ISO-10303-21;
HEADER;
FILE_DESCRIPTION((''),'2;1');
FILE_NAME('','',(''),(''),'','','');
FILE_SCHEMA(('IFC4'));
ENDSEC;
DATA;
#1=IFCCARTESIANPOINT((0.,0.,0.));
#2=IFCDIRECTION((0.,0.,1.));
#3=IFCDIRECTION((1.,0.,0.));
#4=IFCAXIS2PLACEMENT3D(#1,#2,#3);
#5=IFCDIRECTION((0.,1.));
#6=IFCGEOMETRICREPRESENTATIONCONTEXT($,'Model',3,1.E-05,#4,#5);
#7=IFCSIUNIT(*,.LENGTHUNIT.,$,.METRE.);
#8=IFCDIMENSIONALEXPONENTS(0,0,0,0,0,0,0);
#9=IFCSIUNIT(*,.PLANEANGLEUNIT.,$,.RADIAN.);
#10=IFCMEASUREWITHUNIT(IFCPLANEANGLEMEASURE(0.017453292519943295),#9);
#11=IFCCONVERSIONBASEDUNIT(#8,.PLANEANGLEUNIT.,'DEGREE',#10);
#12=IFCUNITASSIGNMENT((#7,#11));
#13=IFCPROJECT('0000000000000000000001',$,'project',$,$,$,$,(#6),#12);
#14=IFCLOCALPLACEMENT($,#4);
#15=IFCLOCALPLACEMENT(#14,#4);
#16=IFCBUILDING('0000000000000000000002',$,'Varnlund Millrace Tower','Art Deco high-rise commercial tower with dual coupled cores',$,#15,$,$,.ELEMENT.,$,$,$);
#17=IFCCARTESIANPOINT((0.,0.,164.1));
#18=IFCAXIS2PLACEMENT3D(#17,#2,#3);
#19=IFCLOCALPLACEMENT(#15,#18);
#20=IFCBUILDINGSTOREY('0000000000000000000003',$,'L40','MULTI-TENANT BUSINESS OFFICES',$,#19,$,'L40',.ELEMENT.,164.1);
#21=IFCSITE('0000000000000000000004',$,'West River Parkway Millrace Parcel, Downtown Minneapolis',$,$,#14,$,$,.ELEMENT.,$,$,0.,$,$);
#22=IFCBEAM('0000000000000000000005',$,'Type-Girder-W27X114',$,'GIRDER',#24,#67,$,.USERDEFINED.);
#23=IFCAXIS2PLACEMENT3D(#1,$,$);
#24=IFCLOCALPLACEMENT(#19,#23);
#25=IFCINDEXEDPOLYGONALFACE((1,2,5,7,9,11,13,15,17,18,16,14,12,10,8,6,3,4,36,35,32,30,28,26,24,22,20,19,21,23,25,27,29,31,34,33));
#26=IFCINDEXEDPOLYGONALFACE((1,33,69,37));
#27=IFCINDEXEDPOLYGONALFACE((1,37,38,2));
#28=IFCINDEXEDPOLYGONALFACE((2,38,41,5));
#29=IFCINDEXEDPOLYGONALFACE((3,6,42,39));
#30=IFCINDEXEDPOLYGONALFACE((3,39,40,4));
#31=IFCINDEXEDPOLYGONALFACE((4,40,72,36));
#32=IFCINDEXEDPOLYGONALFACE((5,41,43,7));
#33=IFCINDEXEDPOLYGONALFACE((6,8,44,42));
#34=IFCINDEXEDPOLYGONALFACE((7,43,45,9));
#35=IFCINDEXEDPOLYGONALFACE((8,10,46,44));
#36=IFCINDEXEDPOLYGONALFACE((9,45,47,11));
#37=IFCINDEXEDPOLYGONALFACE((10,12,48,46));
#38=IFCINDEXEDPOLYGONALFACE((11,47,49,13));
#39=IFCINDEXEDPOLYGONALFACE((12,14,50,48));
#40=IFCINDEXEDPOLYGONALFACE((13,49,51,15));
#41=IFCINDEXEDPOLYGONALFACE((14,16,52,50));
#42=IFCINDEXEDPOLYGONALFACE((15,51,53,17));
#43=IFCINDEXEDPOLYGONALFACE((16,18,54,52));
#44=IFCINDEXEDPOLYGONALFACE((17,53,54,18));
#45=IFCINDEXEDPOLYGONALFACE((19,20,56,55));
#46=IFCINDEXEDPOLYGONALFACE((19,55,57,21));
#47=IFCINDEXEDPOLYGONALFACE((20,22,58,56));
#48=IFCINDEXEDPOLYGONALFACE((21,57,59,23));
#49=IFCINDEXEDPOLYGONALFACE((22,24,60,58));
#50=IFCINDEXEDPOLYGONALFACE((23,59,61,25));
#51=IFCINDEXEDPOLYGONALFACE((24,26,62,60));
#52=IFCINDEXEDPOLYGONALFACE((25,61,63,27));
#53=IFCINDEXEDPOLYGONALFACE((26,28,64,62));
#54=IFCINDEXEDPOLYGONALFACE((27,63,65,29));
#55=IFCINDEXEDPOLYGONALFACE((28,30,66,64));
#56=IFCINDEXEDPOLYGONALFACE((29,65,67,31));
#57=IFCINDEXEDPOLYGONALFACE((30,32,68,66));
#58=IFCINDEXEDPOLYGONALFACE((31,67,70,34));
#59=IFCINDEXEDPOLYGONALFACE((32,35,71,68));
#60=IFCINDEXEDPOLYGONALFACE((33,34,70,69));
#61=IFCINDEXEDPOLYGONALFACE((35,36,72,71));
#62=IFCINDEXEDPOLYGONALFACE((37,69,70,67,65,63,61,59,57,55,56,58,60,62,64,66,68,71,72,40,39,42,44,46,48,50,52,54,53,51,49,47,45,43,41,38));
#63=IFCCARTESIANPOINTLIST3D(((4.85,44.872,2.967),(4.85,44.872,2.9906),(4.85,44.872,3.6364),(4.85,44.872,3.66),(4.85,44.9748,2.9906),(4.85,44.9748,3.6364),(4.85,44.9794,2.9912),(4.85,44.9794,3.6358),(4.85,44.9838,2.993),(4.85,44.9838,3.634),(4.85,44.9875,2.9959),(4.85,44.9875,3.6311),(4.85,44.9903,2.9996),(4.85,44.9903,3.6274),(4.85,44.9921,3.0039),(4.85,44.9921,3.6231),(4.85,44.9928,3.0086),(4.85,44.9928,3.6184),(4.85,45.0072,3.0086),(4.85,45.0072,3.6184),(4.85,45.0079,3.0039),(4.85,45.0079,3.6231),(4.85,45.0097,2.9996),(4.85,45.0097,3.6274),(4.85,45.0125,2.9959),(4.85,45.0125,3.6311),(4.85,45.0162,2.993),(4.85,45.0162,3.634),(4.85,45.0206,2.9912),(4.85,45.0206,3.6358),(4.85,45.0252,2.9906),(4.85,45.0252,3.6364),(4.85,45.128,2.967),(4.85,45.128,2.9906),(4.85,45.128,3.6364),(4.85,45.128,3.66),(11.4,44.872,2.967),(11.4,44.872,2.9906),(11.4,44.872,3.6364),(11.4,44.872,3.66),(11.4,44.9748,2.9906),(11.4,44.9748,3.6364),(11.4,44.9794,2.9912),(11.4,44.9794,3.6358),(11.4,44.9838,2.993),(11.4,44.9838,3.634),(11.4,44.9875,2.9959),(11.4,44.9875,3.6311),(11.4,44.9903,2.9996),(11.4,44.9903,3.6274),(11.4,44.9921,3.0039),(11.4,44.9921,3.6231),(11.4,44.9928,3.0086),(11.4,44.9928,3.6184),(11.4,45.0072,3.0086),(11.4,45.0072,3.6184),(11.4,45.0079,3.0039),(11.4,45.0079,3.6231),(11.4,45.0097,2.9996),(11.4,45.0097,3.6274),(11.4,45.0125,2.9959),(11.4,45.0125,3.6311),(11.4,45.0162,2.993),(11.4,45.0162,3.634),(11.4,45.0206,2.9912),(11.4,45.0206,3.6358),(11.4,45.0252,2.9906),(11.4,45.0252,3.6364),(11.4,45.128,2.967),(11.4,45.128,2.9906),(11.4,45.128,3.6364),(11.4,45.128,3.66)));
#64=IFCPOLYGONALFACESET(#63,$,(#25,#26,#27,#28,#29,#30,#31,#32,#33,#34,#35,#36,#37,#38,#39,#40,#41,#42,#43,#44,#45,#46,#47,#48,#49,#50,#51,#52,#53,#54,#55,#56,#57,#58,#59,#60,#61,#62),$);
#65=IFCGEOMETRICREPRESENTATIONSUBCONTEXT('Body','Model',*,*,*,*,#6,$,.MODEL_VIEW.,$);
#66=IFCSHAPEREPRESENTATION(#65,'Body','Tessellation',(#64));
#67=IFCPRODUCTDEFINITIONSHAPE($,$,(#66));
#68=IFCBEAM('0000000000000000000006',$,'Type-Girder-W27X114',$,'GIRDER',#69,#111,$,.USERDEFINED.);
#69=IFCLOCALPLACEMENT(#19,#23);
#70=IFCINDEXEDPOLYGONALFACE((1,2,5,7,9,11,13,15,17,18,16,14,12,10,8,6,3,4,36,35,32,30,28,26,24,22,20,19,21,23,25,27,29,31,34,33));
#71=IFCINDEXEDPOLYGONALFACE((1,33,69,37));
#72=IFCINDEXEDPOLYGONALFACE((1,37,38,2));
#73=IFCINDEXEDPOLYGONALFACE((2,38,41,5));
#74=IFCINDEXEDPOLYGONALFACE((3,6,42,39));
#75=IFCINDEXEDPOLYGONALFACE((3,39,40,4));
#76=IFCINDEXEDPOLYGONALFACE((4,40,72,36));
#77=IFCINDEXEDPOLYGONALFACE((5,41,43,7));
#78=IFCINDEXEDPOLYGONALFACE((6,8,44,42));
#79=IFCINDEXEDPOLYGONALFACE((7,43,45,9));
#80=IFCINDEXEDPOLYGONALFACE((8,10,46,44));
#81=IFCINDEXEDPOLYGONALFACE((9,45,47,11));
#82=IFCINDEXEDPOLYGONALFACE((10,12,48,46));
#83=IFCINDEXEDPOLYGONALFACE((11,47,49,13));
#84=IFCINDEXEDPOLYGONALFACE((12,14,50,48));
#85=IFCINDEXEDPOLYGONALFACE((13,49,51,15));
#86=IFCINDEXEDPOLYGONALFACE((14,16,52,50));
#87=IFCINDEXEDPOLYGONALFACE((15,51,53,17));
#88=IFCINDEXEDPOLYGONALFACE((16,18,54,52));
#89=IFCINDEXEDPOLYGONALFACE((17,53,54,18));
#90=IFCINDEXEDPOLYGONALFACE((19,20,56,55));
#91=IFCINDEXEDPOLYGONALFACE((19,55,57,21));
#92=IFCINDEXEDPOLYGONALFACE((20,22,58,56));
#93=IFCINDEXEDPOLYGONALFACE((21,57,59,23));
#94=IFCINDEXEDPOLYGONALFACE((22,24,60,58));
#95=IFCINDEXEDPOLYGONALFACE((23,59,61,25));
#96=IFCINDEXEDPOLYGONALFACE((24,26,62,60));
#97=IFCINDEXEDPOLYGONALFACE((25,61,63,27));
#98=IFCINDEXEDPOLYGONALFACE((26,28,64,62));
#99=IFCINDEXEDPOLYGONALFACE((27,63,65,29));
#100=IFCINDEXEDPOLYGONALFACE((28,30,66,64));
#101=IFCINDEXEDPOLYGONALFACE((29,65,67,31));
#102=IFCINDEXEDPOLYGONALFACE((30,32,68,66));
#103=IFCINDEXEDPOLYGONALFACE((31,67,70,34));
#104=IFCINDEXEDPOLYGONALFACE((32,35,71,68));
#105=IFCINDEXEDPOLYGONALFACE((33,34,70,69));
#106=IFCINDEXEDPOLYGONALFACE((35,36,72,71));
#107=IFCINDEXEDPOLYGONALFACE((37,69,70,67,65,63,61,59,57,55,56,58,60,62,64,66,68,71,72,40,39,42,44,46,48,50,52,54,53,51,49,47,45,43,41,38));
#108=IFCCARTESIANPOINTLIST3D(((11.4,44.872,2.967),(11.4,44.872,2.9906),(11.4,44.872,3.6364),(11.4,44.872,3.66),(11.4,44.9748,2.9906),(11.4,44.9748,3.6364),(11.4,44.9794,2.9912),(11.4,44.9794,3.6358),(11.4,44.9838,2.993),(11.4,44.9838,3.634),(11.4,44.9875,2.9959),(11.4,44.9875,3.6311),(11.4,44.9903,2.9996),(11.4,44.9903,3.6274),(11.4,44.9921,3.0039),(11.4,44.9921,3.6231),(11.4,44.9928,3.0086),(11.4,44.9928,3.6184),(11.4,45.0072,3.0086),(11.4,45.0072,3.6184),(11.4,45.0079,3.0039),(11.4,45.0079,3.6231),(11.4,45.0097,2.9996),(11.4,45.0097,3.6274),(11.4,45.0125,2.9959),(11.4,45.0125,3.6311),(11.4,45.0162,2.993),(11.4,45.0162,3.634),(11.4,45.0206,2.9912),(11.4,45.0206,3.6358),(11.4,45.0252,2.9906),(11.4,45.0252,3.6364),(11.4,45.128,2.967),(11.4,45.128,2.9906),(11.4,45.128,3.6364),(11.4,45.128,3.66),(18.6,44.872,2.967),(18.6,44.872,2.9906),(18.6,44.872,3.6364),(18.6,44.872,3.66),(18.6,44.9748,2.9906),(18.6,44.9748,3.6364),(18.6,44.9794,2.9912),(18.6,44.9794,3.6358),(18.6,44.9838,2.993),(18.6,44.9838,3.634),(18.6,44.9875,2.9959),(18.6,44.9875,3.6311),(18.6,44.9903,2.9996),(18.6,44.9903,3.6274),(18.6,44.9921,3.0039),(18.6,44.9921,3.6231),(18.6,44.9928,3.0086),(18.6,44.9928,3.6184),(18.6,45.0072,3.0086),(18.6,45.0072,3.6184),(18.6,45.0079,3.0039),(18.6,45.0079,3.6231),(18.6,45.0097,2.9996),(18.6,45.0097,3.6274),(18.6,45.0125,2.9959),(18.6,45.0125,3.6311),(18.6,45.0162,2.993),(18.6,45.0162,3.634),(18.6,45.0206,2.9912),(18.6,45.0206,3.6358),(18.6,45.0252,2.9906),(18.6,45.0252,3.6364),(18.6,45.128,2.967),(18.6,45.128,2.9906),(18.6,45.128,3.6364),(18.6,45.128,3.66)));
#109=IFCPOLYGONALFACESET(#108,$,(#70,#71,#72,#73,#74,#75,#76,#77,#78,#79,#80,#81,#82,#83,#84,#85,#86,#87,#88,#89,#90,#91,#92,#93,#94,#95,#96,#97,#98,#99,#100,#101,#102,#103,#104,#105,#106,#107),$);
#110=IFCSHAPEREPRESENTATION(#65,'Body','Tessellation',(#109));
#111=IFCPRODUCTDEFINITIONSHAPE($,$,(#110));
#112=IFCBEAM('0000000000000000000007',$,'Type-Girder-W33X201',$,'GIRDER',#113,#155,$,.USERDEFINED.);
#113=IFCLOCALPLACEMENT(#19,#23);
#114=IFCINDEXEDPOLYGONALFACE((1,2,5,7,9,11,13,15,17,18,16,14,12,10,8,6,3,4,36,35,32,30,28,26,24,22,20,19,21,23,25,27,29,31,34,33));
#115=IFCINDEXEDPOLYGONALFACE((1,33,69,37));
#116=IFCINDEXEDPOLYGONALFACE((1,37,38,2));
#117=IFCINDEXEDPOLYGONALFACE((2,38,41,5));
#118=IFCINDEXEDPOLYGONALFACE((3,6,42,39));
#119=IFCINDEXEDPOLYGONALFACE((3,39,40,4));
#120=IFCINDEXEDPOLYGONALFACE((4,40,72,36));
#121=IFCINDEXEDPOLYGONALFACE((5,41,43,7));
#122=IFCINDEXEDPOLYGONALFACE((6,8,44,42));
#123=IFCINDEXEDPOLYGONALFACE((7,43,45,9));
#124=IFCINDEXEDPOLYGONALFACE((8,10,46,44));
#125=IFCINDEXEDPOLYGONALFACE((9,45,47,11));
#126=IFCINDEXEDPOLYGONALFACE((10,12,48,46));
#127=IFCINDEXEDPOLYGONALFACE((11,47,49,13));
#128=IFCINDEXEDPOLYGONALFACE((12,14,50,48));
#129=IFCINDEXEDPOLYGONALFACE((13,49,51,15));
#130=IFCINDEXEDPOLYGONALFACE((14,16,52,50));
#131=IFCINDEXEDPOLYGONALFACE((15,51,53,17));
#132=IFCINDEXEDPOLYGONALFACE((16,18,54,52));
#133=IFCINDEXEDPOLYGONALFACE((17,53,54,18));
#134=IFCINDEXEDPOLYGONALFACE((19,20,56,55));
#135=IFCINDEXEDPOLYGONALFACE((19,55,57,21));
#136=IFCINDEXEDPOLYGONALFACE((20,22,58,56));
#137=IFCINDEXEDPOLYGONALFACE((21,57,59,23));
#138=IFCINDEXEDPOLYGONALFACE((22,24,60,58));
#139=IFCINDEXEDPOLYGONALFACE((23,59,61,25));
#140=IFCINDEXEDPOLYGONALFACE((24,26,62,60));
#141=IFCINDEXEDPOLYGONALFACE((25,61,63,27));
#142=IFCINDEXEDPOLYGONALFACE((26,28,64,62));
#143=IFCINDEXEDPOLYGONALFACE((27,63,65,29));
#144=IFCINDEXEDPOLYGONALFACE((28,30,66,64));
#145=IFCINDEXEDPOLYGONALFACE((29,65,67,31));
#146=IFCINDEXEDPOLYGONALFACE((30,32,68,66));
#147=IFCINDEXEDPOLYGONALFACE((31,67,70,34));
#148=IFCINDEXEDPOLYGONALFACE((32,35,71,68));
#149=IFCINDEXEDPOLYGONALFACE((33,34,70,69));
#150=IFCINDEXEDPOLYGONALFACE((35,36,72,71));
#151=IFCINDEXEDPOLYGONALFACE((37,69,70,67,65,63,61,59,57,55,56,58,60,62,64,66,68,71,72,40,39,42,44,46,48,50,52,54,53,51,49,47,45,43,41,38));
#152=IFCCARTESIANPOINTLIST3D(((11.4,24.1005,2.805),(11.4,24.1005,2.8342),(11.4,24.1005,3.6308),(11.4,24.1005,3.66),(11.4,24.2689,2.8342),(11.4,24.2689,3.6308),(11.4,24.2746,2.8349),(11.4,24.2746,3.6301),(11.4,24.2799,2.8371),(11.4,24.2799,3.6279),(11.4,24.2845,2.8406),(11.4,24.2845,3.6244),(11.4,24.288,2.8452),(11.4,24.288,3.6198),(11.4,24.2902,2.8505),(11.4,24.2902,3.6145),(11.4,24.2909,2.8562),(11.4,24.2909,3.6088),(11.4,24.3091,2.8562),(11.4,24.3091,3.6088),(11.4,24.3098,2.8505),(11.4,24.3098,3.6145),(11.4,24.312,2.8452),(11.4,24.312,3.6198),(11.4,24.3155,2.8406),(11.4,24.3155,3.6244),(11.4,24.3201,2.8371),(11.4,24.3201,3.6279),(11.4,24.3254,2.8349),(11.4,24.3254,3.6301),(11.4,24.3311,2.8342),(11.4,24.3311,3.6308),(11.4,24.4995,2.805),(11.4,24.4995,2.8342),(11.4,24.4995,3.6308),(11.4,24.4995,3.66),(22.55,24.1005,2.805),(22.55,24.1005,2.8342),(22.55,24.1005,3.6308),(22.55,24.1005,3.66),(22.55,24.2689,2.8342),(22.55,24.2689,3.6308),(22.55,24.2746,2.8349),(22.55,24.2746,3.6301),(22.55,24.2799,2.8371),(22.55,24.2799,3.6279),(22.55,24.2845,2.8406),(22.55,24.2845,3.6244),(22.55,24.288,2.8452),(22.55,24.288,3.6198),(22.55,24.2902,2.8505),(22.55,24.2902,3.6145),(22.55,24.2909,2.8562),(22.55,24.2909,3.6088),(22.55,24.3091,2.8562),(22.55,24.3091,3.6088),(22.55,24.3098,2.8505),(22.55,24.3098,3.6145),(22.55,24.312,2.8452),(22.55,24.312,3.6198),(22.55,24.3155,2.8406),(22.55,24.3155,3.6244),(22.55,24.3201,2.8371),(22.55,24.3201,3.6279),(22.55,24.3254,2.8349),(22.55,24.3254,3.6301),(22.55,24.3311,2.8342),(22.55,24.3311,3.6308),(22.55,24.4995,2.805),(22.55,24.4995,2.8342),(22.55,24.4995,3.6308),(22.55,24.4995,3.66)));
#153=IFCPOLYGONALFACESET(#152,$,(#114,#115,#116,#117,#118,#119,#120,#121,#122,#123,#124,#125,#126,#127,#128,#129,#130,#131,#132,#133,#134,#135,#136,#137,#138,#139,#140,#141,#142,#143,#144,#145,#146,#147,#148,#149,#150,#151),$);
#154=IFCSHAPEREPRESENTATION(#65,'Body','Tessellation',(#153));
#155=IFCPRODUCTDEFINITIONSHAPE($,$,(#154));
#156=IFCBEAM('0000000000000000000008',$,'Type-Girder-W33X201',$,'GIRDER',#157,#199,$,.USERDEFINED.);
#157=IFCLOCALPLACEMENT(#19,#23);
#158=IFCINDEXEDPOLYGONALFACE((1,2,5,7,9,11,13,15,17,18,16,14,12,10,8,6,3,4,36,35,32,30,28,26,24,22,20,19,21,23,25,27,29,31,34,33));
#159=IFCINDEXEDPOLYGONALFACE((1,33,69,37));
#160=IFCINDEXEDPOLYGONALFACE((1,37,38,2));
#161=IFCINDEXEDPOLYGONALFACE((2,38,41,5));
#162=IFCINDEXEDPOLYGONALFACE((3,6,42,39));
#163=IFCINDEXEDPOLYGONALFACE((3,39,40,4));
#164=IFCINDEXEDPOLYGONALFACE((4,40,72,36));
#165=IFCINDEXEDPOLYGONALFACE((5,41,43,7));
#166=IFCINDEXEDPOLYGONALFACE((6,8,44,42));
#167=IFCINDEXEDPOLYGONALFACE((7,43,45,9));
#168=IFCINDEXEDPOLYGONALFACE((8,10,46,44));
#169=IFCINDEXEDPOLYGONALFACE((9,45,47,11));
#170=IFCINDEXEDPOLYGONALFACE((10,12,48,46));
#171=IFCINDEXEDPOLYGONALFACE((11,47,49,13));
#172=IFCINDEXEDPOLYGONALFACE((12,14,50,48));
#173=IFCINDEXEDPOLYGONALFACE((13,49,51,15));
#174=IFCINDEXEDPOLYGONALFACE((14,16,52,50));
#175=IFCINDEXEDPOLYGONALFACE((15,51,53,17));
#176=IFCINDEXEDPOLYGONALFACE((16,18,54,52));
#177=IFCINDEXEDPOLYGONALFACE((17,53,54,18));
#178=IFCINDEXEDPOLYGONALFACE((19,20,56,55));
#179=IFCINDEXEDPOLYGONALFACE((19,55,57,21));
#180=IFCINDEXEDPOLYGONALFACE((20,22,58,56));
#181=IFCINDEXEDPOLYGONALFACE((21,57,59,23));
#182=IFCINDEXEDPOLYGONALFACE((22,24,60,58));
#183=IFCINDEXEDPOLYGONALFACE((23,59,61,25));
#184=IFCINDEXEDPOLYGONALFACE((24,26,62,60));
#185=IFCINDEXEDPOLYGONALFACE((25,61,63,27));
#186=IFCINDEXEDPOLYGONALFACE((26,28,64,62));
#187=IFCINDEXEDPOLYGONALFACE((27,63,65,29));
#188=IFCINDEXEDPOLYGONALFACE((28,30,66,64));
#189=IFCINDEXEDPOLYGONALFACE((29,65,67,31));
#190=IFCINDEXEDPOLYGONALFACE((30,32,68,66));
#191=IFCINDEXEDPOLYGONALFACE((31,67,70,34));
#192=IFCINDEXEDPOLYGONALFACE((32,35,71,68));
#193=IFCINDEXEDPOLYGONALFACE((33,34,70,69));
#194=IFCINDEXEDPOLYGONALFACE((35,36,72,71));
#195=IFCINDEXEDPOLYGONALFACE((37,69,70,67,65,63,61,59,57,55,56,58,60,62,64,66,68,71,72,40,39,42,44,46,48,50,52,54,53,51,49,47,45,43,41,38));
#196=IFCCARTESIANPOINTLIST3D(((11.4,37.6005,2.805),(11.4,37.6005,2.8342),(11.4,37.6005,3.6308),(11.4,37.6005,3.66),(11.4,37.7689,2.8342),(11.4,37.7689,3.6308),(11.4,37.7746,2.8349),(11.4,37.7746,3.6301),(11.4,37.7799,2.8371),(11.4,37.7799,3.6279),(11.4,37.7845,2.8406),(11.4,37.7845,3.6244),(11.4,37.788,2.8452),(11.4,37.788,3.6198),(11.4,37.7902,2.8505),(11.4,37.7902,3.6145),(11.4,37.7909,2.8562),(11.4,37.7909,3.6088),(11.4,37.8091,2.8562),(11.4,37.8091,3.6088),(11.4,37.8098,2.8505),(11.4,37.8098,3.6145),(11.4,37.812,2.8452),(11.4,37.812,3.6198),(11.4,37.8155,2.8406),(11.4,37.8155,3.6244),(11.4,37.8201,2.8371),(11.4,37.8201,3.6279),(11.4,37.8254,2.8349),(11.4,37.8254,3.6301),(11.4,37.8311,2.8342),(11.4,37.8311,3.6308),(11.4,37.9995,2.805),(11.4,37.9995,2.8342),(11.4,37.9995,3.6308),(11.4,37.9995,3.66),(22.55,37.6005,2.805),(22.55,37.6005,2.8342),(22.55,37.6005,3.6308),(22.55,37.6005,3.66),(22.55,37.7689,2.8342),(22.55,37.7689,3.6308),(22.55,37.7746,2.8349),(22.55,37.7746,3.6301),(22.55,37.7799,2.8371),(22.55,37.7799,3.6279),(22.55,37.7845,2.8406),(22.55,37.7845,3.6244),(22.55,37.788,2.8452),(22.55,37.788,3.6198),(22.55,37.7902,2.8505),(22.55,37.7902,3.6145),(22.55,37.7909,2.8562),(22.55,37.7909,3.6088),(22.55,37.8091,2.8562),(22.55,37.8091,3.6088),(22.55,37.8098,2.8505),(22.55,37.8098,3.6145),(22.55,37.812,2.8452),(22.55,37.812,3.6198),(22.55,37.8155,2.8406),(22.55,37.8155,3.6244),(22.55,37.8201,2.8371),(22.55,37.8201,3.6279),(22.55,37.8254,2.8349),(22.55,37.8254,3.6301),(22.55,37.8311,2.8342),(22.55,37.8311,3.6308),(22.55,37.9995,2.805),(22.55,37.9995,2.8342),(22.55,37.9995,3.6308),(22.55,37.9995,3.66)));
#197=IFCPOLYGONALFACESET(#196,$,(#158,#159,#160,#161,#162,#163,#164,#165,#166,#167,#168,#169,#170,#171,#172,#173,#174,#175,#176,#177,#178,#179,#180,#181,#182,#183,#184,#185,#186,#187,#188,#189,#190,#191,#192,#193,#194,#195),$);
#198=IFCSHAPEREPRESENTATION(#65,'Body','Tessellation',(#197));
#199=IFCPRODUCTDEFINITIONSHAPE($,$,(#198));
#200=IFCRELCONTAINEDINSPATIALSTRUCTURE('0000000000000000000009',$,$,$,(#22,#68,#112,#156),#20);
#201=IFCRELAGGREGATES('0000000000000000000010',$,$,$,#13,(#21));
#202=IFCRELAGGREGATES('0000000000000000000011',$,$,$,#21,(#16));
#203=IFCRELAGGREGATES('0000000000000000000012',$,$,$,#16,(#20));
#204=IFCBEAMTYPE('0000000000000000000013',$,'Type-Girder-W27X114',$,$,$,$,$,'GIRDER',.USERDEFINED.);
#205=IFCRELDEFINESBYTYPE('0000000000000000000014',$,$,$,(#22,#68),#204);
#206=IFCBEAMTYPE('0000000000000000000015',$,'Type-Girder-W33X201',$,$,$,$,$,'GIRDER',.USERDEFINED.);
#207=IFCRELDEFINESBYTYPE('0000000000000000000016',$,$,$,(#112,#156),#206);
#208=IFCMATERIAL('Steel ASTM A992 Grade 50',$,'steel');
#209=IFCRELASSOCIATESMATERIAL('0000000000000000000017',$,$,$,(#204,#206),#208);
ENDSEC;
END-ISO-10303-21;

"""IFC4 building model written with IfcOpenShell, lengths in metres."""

from ifc_helpers import new_model, entity, si_unit, converted_unit, direction, frame, origin_with_axes, origin_2d_with_axis, place, context, subcontext, project, spatial, i_section, extrude, material, material_profile, profile_set, type_object, element, save


model = new_model("IFC4")

# Units and contexts
model_context = context("Model", 3, precision=1e-05, world=origin_with_axes(), true_north=direction((0.0, 1.0)))
body_context = subcontext(model_context, "Body", "Model", "MODEL_VIEW")
ifc_project = project(units=[si_unit("LENGTHUNIT", "METRE"), converted_unit("PLANEANGLEUNIT", "DEGREE", entity("IfcPlaneAngleMeasure", 0.017453292519943295), si_unit("PLANEANGLEUNIT", "RADIAN"), dimensions=[0, 0, 0, 0, 0, 0, 0])], contexts=[model_context])

# Site, building, storey
site_placement = place(None, origin_with_axes())
site = spatial("IfcSite", under=ifc_project, at=site_placement, Name="West River Parkway Millrace Parcel, Downtown Minneapolis", CompositionType="ELEMENT", RefElevation=0.0)
building_placement = place(site_placement, origin_with_axes())
building = spatial("IfcBuilding", under=site, at=building_placement, Name="Varnlund Millrace Tower", Description="Art Deco high-rise commercial tower with dual coupled cores", CompositionType="ELEMENT")
storey_placement = place(building_placement, frame((0.0, 0.0, 164.1), z_axis=(0.0, 0.0, 1.0), x_axis=(1.0, 0.0, 0.0)))
storey = spatial("IfcBuildingStorey", under=building, at=storey_placement, Name="L40", Description="MULTI-TENANT BUSINESS OFFICES", LongName="L40", CompositionType="ELEMENT", Elevation=164.1)

# Beams
ifc_material_1 = material(Name="Steel ASTM A992 Grade 50", Category="steel")
ifc_material_profile_1 = material_profile(ifc_material_1, i_section(OverallWidth=0.256, OverallDepth=0.693, WebThickness=0.0145, FlangeThickness=0.0236, FilletRadius=0.018, at=origin_2d_with_axis()), Name="Steel ASTM A992 Grade 50")
ifc_profile_set_1 = profile_set([ifc_material_profile_1], Name="Steel ASTM A992 Grade 50")
beam_type_1 = type_object("IfcBeamType", Name="Type-Girder-W27X114", ElementType="GIRDER", PredefinedType="USERDEFINED", material=ifc_profile_set_1)
beam_1_placement = place(storey_placement, frame((4.85, 45.0, 3.3135), z_axis=(1.0, 0.0, 0.0), x_axis=(0.0, 1.0, 0.0)))
element("IfcBeam", 1, at=beam_1_placement, inside=storey, type_object=beam_type_1, Name="Type-Girder-W27X114", ObjectType="GIRDER", PredefinedType="USERDEFINED", context=body_context, shape_type="SweptSolid", body=[
    extrude(i_section(OverallWidth=0.256, OverallDepth=0.693, WebThickness=0.0145, FlangeThickness=0.0236, FilletRadius=0.018, at=origin_2d_with_axis()), origin_with_axes(), (0.0, 0.0, 1.0), 6.55),
])
beam_2_placement = place(storey_placement, frame((11.4, 45.0, 3.3135), z_axis=(1.0, 0.0, 0.0), x_axis=(0.0, 1.0, 0.0)))
element("IfcBeam", 2, at=beam_2_placement, inside=storey, type_object=beam_type_1, Name="Type-Girder-W27X114", ObjectType="GIRDER", PredefinedType="USERDEFINED", context=body_context, shape_type="SweptSolid", body=[
    extrude(i_section(OverallWidth=0.256, OverallDepth=0.693, WebThickness=0.0145, FlangeThickness=0.0236, FilletRadius=0.018, at=origin_2d_with_axis()), origin_with_axes(), (0.0, 0.0, 1.0), 7.2),
])
ifc_material_profile_2 = material_profile(ifc_material_1, i_section(OverallWidth=0.399, OverallDepth=0.855, WebThickness=0.0182, FlangeThickness=0.0292, FilletRadius=0.022, at=origin_2d_with_axis()), Name="Steel ASTM A992 Grade 50")
ifc_profile_set_2 = profile_set([ifc_material_profile_2], Name="Steel ASTM A992 Grade 50")
beam_type_2 = type_object("IfcBeamType", Name="Type-Girder-W33X201", ElementType="GIRDER", PredefinedType="USERDEFINED", material=ifc_profile_set_2)
for number, where, z_axis, x_axis, name in (
    (3, (11.4, 24.3, 3.2325), (1.0, 0.0, 0.0), (0.0, 1.0, 0.0), "Type-Girder-W33X201"),
    (4, (11.4, 37.8, 3.2325), (1.0, 0.0, 0.0), (0.0, 1.0, 0.0), "Type-Girder-W33X201"),
):
    element("IfcBeam", number, at=place(storey_placement, frame(where, z_axis=z_axis, x_axis=x_axis)), inside=storey, type_object=beam_type_2, Name=name, ObjectType="GIRDER", PredefinedType="USERDEFINED", context=body_context, shape_type="SweptSolid", body=[
        extrude(i_section(OverallWidth=0.399, OverallDepth=0.855, WebThickness=0.0182, FlangeThickness=0.0292, FilletRadius=0.022, at=origin_2d_with_axis()), origin_with_axes(), (0.0, 0.0, 1.0), 11.15),
    ])

save(model, "model.ifc")
